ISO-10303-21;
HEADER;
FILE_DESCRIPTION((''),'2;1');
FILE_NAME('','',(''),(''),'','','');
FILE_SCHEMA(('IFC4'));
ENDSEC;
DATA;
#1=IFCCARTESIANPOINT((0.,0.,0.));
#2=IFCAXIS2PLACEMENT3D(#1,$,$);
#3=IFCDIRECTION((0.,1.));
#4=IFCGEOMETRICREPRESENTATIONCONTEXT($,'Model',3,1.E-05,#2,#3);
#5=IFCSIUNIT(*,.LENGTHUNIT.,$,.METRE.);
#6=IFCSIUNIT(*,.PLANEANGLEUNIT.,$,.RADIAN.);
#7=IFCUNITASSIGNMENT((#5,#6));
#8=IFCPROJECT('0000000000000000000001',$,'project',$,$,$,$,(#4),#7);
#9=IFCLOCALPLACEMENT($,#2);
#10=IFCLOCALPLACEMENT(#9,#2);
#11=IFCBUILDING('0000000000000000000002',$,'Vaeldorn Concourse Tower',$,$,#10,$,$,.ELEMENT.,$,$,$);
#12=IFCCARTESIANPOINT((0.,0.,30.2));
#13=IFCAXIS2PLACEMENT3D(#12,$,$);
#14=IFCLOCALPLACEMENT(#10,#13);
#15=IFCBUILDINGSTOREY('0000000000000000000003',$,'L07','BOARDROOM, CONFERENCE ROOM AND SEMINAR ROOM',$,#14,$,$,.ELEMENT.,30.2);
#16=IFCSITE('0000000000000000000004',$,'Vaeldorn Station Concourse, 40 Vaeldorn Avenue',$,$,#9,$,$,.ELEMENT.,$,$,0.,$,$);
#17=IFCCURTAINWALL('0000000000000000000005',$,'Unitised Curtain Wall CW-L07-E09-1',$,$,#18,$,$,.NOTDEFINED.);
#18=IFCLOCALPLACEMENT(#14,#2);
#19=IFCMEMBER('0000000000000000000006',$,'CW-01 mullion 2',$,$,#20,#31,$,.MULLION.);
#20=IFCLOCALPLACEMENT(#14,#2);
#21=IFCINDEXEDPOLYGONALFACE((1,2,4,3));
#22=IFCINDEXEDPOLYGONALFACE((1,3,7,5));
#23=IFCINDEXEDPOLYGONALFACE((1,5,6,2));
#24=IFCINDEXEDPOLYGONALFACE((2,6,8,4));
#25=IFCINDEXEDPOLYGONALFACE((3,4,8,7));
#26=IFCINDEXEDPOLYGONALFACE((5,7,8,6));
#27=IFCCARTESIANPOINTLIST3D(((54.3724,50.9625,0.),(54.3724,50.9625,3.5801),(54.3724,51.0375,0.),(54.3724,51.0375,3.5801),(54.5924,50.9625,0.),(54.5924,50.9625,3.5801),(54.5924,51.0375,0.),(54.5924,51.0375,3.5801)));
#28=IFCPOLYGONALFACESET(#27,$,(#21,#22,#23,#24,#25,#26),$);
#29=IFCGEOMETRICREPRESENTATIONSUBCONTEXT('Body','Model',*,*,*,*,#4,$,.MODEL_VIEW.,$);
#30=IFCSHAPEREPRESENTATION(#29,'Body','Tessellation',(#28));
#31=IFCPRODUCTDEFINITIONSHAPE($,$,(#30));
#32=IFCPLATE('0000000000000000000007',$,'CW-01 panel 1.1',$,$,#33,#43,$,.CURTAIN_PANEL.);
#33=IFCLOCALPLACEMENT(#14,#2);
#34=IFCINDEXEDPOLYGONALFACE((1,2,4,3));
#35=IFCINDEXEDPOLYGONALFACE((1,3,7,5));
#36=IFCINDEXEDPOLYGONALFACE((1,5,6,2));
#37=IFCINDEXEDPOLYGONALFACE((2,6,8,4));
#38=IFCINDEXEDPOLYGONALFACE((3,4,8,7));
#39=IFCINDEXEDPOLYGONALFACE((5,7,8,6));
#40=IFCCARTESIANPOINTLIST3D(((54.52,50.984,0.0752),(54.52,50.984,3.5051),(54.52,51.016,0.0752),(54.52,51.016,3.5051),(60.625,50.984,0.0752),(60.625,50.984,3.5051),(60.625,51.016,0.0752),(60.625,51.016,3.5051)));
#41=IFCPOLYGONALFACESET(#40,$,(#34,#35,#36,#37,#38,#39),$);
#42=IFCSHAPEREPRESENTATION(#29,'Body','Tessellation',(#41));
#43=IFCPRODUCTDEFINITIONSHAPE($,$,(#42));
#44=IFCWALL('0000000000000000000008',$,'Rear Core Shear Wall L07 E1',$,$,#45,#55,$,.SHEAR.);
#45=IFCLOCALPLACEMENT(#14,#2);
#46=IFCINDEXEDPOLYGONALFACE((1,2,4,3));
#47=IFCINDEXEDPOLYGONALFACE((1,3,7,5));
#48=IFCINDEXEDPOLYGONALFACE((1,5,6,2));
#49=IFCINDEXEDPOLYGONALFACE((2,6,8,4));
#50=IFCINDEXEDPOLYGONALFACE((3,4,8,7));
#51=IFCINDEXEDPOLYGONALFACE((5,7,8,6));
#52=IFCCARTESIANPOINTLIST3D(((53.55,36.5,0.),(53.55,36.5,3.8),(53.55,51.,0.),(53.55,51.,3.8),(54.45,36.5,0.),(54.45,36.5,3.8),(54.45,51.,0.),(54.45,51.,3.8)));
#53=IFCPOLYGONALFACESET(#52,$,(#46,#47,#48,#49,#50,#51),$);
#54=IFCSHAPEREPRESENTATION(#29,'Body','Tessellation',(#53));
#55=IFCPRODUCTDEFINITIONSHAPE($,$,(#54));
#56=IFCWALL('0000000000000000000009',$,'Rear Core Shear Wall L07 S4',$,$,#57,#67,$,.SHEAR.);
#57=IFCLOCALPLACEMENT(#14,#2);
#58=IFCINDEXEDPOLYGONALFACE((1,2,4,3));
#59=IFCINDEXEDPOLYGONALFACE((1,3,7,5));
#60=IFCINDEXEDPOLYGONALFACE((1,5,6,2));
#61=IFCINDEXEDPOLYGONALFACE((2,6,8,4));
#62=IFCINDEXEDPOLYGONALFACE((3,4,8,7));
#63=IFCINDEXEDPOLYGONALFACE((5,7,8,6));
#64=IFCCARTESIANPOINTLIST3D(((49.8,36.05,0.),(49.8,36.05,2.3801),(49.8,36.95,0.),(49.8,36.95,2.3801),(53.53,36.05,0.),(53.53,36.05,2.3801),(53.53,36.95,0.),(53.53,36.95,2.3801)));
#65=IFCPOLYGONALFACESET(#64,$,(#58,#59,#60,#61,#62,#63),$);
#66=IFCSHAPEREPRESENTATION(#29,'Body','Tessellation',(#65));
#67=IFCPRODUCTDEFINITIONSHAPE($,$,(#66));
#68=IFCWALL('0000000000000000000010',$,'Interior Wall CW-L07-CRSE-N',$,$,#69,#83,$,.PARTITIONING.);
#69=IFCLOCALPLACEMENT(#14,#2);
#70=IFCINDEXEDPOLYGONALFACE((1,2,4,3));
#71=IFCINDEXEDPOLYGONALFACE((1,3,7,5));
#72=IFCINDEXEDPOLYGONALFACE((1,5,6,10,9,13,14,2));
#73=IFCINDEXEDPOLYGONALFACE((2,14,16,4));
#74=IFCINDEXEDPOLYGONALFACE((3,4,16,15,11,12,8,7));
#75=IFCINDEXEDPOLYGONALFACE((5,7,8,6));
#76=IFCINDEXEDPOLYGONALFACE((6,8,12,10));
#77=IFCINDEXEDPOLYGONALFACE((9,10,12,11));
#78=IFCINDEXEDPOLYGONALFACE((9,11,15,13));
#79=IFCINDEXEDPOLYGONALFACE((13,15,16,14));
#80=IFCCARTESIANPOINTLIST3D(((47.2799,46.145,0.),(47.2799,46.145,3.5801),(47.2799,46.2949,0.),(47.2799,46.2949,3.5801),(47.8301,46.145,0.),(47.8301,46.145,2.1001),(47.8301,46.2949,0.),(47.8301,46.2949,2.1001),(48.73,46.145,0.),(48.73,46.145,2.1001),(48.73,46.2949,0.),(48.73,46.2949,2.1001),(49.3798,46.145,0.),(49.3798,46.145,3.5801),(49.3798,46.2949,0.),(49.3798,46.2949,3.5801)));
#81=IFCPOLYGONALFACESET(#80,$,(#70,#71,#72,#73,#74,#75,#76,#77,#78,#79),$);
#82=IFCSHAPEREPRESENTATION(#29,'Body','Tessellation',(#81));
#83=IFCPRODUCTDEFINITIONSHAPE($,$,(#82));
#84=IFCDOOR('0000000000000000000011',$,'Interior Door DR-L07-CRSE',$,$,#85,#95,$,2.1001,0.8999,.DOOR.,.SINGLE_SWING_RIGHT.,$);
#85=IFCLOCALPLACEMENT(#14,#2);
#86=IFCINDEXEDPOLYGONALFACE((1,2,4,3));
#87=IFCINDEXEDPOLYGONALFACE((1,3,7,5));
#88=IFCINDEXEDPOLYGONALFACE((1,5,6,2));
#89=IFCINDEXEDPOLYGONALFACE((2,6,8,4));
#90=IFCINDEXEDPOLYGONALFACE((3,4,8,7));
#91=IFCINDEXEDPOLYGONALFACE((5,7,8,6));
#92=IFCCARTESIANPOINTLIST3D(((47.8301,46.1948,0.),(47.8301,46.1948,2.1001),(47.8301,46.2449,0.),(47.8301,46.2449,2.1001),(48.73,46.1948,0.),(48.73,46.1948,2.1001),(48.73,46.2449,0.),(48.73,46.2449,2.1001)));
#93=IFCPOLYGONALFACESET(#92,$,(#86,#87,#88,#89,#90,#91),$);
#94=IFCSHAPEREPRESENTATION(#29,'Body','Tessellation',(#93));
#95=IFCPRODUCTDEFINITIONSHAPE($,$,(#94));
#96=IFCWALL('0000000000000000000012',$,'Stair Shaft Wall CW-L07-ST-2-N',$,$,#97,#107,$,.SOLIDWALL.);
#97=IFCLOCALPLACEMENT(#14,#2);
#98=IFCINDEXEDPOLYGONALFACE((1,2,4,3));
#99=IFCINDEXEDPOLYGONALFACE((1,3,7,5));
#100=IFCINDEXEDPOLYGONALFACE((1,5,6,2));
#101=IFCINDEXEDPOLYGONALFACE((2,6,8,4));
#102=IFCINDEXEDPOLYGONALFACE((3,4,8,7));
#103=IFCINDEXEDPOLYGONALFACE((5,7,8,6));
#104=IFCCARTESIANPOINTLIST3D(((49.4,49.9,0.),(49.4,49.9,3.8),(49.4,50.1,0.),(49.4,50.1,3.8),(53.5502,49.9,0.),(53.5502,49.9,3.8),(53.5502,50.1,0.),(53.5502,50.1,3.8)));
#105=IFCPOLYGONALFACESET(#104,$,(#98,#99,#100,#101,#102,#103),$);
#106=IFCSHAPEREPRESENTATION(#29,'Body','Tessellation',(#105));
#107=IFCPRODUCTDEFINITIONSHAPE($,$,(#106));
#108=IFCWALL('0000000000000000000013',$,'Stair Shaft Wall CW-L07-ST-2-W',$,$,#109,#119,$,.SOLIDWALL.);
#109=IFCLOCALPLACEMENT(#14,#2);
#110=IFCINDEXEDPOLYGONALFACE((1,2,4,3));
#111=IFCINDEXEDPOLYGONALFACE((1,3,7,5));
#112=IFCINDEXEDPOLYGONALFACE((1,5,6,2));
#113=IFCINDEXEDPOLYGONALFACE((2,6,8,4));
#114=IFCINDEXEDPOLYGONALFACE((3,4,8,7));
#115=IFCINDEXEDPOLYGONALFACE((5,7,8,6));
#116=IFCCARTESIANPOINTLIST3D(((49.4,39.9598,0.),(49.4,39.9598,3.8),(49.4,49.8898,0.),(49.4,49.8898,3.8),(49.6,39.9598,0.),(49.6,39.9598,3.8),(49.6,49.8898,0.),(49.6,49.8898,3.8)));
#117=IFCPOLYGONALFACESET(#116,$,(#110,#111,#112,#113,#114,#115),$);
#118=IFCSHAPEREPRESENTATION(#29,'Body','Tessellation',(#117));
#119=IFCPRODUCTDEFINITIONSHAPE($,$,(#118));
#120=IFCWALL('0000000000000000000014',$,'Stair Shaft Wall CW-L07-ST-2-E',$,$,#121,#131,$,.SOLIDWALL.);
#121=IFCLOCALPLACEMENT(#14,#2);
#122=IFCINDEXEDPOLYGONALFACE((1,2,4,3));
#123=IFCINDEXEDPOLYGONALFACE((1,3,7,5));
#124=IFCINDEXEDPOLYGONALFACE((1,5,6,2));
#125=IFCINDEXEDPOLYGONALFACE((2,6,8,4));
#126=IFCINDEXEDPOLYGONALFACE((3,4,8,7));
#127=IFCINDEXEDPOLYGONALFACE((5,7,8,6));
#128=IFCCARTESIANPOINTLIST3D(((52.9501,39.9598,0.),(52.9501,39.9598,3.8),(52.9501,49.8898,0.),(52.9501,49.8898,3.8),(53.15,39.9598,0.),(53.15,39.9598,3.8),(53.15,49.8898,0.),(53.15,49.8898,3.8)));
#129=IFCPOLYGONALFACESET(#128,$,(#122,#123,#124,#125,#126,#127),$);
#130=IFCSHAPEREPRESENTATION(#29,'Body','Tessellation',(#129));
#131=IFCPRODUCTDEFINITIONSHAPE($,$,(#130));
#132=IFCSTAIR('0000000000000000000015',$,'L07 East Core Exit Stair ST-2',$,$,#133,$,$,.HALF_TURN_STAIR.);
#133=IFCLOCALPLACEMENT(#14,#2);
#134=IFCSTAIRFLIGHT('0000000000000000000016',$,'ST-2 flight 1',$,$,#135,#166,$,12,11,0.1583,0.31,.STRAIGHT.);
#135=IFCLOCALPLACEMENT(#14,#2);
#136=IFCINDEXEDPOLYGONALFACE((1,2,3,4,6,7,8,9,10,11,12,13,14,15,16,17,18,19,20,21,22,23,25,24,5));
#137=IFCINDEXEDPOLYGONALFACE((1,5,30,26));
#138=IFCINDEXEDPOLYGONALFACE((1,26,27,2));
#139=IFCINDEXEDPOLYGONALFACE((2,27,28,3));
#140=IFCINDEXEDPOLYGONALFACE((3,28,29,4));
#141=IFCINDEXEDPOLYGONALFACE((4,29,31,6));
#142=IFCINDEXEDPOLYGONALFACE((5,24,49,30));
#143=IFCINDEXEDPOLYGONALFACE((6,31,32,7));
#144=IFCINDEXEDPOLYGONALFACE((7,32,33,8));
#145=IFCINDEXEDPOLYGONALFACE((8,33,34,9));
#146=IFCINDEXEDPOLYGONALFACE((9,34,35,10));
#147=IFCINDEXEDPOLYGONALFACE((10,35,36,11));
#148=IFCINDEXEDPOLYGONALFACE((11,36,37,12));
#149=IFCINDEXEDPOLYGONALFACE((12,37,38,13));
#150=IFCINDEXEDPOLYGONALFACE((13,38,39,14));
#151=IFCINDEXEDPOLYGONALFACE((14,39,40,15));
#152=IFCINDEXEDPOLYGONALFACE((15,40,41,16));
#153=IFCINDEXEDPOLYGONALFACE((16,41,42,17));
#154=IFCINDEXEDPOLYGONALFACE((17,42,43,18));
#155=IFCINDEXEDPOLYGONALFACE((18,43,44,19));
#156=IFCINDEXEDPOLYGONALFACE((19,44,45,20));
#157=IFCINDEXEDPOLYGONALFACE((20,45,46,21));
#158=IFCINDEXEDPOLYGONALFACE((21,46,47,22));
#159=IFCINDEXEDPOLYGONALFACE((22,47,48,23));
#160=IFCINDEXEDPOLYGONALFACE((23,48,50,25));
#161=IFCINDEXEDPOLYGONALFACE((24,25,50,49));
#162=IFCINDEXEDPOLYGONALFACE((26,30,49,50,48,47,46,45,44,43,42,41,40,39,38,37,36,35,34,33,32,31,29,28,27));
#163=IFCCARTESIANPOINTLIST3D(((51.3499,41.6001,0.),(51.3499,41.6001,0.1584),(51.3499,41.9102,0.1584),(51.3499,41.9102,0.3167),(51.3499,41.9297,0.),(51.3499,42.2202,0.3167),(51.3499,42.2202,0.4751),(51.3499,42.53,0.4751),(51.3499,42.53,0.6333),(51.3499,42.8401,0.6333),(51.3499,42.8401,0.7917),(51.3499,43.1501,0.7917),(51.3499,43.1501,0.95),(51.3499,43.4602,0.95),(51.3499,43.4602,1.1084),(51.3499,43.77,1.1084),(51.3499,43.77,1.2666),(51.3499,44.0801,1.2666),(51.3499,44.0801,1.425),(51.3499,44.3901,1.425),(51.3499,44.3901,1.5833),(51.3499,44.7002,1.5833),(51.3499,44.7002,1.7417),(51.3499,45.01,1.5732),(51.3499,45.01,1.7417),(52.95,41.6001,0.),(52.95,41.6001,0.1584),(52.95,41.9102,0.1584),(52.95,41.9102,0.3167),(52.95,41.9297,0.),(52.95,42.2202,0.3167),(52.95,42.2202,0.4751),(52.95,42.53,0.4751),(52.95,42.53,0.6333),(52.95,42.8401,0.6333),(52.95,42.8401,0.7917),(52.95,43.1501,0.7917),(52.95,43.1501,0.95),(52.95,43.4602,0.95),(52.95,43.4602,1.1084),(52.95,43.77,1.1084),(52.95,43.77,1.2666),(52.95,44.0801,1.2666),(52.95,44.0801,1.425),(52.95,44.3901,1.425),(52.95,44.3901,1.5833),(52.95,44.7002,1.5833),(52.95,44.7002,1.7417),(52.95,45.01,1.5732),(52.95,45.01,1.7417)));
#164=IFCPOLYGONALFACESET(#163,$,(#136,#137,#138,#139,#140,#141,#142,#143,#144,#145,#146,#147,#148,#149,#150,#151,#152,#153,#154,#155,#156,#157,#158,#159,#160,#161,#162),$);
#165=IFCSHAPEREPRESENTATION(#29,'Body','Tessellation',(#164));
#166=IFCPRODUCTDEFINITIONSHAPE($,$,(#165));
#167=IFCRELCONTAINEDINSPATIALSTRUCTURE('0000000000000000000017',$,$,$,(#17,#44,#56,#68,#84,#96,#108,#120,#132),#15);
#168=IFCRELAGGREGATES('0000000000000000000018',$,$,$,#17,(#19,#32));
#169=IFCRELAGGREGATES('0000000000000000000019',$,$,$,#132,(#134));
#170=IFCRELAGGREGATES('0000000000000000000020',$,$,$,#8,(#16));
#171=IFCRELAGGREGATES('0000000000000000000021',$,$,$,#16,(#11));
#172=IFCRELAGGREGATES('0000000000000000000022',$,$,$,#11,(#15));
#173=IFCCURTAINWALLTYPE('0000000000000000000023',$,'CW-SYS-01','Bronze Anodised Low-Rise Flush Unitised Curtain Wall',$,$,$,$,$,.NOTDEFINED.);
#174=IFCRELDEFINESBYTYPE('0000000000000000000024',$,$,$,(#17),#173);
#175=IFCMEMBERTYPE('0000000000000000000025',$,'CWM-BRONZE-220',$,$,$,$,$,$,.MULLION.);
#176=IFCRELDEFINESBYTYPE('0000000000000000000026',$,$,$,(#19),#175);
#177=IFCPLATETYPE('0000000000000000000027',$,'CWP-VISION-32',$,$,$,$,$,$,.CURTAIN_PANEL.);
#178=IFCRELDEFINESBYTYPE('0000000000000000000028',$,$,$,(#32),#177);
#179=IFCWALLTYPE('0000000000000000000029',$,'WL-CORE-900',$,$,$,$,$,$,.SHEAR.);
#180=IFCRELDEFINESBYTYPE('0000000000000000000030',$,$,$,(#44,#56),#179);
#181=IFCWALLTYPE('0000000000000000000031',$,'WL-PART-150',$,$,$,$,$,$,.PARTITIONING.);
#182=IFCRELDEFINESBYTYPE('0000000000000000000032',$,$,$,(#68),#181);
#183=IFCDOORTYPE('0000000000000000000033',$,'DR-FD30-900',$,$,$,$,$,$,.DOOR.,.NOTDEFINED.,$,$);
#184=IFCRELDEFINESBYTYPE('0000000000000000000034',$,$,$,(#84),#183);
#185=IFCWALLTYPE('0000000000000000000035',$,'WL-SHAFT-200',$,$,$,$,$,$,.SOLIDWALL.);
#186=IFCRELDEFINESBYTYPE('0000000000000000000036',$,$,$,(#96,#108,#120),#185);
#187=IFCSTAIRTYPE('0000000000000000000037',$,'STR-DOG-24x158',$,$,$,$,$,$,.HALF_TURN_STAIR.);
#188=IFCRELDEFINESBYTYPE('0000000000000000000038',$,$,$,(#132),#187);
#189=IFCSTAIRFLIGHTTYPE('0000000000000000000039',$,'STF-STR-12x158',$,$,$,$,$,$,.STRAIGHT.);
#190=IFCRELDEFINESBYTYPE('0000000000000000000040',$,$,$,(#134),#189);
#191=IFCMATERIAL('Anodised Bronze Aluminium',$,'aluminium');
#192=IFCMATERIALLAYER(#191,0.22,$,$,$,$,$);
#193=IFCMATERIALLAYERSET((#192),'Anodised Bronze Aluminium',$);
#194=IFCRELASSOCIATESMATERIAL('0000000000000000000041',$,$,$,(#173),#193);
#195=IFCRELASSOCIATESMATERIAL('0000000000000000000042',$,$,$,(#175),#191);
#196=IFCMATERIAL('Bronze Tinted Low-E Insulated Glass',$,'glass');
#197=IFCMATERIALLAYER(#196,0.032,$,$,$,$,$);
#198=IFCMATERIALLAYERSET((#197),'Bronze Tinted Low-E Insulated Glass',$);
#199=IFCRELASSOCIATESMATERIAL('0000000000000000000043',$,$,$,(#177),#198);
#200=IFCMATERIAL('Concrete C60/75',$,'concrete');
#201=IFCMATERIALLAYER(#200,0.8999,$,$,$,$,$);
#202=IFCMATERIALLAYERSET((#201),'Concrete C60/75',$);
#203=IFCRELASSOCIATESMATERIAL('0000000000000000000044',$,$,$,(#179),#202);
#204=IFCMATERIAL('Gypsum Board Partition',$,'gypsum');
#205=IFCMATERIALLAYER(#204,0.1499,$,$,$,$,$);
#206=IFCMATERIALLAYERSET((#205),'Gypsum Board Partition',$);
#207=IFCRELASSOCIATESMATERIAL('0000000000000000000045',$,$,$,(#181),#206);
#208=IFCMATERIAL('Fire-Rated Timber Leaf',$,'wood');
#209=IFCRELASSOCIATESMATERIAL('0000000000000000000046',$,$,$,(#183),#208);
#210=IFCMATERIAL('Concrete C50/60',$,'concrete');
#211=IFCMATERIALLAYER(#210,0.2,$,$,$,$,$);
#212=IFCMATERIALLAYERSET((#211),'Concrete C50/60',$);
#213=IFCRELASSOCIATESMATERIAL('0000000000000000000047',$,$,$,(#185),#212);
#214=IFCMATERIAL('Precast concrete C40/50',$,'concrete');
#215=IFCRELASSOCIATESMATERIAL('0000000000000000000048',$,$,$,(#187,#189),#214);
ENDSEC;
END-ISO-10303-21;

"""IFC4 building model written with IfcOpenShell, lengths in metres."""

from ifc_helpers import new_model, si_unit, direction, frame, frame_2d, origin, origin_2d, place, context, subcontext, project, spatial, polyline, rectangle, outline, extrude, source, transform, mapped, material, layer, layer_set, material_profile, profile_set, type_object, element, fill, aggregate, save


model = new_model("IFC4")

# Units and contexts
model_context = context("Model", 3, precision=1e-05, world=origin(), true_north=direction((0.0, 1.0)))
body_context = subcontext(model_context, "Body", "Model", "MODEL_VIEW")
ifc_project = project(units=[si_unit("LENGTHUNIT", "METRE"), si_unit("PLANEANGLEUNIT", "RADIAN")], contexts=[model_context])

# Site, building, storey
site_placement = place(None, origin())
site = spatial("IfcSite", under=ifc_project, at=site_placement, Name="Vaeldorn Station Concourse, 40 Vaeldorn Avenue", CompositionType="ELEMENT", RefElevation=0.0)
building_placement = place(site_placement, origin())
building = spatial("IfcBuilding", under=site, at=building_placement, Name="Vaeldorn Concourse Tower", CompositionType="ELEMENT")
storey_placement = place(building_placement, frame((0.0, 0.0, 30.2)))
storey = spatial("IfcBuildingStorey", under=building, at=storey_placement, Name="L07", Description="BOARDROOM, CONFERENCE ROOM AND SEMINAR ROOM", CompositionType="ELEMENT", Elevation=30.2)

# Shared definitions
ifc_material_1 = material(Name="Concrete C60/75", Category="concrete")

# Curtain wall, member, plate
ifc_material_2 = material(Name="Anodised Bronze Aluminium", Category="aluminium")
ifc_layer_1 = layer(ifc_material_2, 0.22)
ifc_layer_set_1 = layer_set([ifc_layer_1], Name="Anodised Bronze Aluminium")
curtain_wall_type = type_object("IfcCurtainWallType", Name="CW-SYS-01", Description="Bronze Anodised Low-Rise Flush Unitised Curtain Wall", PredefinedType="NOTDEFINED", material=ifc_layer_set_1)
curtain_wall_placement = place(storey_placement, origin())
curtain_wall = element("IfcCurtainWall", 1, at=curtain_wall_placement, inside=storey, type_object=curtain_wall_type, Name="Unitised Curtain Wall CW-L07-E09-1", PredefinedType="NOTDEFINED")
ifc_material_profile_1 = material_profile(ifc_material_2, rectangle(XDim=0.075, YDim=0.22, at=origin_2d()), Name="CWM 75x220")
ifc_profile_set_1 = profile_set([ifc_material_profile_1], Name="Anodised Bronze Aluminium")
member_type = type_object("IfcMemberType", Name="CWM-BRONZE-220", PredefinedType="MULLION", material=ifc_profile_set_1)
shared_shape_1 = source(origin(), body_context, "Body", "SweptSolid", [
    extrude(rectangle(XDim=0.075, YDim=0.22, at=origin_2d()), origin(), (0.0, 0.0, 1.0), 3.5801),
])
member_placement = place(storey_placement, frame((54.4824, 51.0, 0.0), z_axis=(0.0, 0.0, 1.0), x_axis=(0.0, -1.0, 0.0)))
member = element("IfcMember", 2, at=member_placement, type_object=member_type, Name="CW-01 mullion 2", PredefinedType="MULLION", context=body_context, shape_type="MappedRepresentation", body=[
    mapped(shared_shape_1, transform((0.0, 0.0, 0.0), scale=1.0)),
])
ifc_material_3 = material(Name="Bronze Tinted Low-E Insulated Glass", Category="glass")
ifc_layer_2 = layer(ifc_material_3, 0.032)
ifc_layer_set_2 = layer_set([ifc_layer_2], Name="Bronze Tinted Low-E Insulated Glass")
plate_type = type_object("IfcPlateType", Name="CWP-VISION-32", PredefinedType="CURTAIN_PANEL", material=ifc_layer_set_2)
shared_shape_2 = source(origin(), body_context, "Body", "SweptSolid", [
    extrude(rectangle(XDim=6.105, YDim=0.032, at=origin_2d()), origin(), (0.0, 0.0, 1.0), 3.4299),
])
plate_placement = place(storey_placement, frame((57.5725, 51.0, 0.0752), z_axis=(0.0, 0.0, 1.0), x_axis=(-1.0, 0.0, 0.0)))
plate = element("IfcPlate", 3, at=plate_placement, type_object=plate_type, Name="CW-01 panel 1.1", PredefinedType="CURTAIN_PANEL", context=body_context, shape_type="MappedRepresentation", body=[
    mapped(shared_shape_2, transform((0.0, 0.0, 0.0), scale=1.0)),
])
aggregate(curtain_wall, [member, plate])

# Walls
ifc_layer_3 = layer(ifc_material_1, 0.8999)
ifc_layer_set_3 = layer_set([ifc_layer_3], Name="Concrete C60/75")
wall_type_1 = type_object("IfcWallType", Name="WL-CORE-900", PredefinedType="SHEAR", material=ifc_layer_set_3)
wall_1_placement = place(storey_placement, frame((54.0, 36.5, 0.0), z_axis=(0.0, 0.0, 1.0), x_axis=(0.0, 1.0, 0.0)))
element("IfcWall", 4, at=wall_1_placement, inside=storey, type_object=wall_type_1, Name="Rear Core Shear Wall L07 E1", PredefinedType="SHEAR", context=body_context, shape_type="SweptSolid", body=[
    extrude(rectangle(XDim=14.5, YDim=0.8999, at=frame_2d((7.25, 0.0))), origin(), (0.0, 0.0, 1.0), 3.8),
])
wall_2_placement = place(storey_placement, frame((49.8, 36.5, 0.0), z_axis=(0.0, 0.0, 1.0), x_axis=(1.0, 0.0, 0.0)))
element("IfcWall", 5, at=wall_2_placement, inside=storey, type_object=wall_type_1, Name="Rear Core Shear Wall L07 S4", PredefinedType="SHEAR", context=body_context, shape_type="SweptSolid", body=[
    extrude(rectangle(XDim=3.73, YDim=0.8999, at=frame_2d((1.865, 0.0))), origin(), (0.0, 0.0, 1.0), 2.3801),
])

# Wall, opening, door
ifc_material_4 = material(Name="Gypsum Board Partition", Category="gypsum")
ifc_layer_4 = layer(ifc_material_4, 0.1499)
ifc_layer_set_4 = layer_set([ifc_layer_4], Name="Gypsum Board Partition")
wall_type_2 = type_object("IfcWallType", Name="WL-PART-150", PredefinedType="PARTITIONING", material=ifc_layer_set_4)
wall_3_placement = place(storey_placement, frame((47.28, 46.22, 0.0), z_axis=(0.0, 0.0, 1.0), x_axis=(1.0, 0.0, 0.0)))
wall_3 = element("IfcWall", 6, at=wall_3_placement, inside=storey, type_object=wall_type_2, Name="Interior Wall CW-L07-CRSE-N", PredefinedType="PARTITIONING", context=body_context, shape_type="SweptSolid", body=[
    extrude(rectangle(XDim=2.0999, YDim=0.1499, at=frame_2d((1.0498, 0.0))), origin(), (0.0, 0.0, 1.0), 3.5801),
])
opening_1_placement = place(wall_3_placement, frame((0.55, 0.0, 0.0)))
opening_1 = element("IfcOpeningElement", 7, at=opening_1_placement, cuts=wall_3, PredefinedType="OPENING", context=body_context, shape_type="SweptSolid", body=[
    extrude(rectangle(XDim=0.8999, YDim=2.1001, at=frame_2d((0.45, 1.05))), frame((0.0, 0.085, 0.0), z_axis=(0.0, -1.0, 0.0), x_axis=(1.0, 0.0, 0.0)), (0.0, 0.0, 1.0), 0.1699),
])
ifc_material_5 = material(Name="Fire-Rated Timber Leaf", Category="wood")
door_type_1 = type_object("IfcDoorType", Name="DR-FD30-900", OperationType="NOTDEFINED", PredefinedType="DOOR", material=ifc_material_5)
shared_shape_3 = source(origin(), body_context, "Body", "SweptSolid", [
    extrude(rectangle(XDim=0.8999, YDim=2.1001, at=frame_2d((0.45, 1.05))), frame((0.0, 0.0249, 0.0), z_axis=(0.0, -1.0, 0.0), x_axis=(1.0, 0.0, 0.0)), (0.0, 0.0, 1.0), 0.05),
])
door_1_placement = place(opening_1_placement, origin())
door_1 = element("IfcDoor", 8, at=door_1_placement, inside=storey, type_object=door_type_1, Name="Interior Door DR-L07-CRSE", OperationType="SINGLE_SWING_RIGHT", OverallHeight=2.1001, OverallWidth=0.8999, PredefinedType="DOOR", context=body_context, shape_type="MappedRepresentation", body=[
    mapped(shared_shape_3, transform((0.0, 0.0, 0.0), scale=1.0)),
])
fill(opening_1, door_1)
ifc_material_6 = material(Name="Concrete C50/60", Category="concrete")
ifc_layer_5 = layer(ifc_material_6, 0.2)
ifc_layer_set_5 = layer_set([ifc_layer_5], Name="Concrete C50/60")
wall_type_3 = type_object("IfcWallType", Name="WL-SHAFT-200", PredefinedType="SOLIDWALL", material=ifc_layer_set_5)

# Walls
wall_4_placement = place(storey_placement, frame((49.3999, 50.0, 0.0), z_axis=(0.0, 0.0, 1.0), x_axis=(1.0, 0.0, 0.0)))
element("IfcWall", 9, at=wall_4_placement, inside=storey, type_object=wall_type_3, Name="Stair Shaft Wall CW-L07-ST-2-N", PredefinedType="SOLIDWALL", context=body_context, shape_type="SweptSolid", body=[
    extrude(rectangle(XDim=4.1501, YDim=0.2, at=frame_2d((2.0752, 0.0))), origin(), (0.0, 0.0, 1.0), 3.8),
])
for number, where, z_axis, x_axis, name in (
    (10, (49.5, 39.96, 0.0), (0.0, 0.0, 1.0), (0.0, 1.0, 0.0), "Stair Shaft Wall CW-L07-ST-2-W"),
    (11, (53.05, 39.96, 0.0), (0.0, 0.0, 1.0), (0.0, 1.0, 0.0), "Stair Shaft Wall CW-L07-ST-2-E"),
):
    element("IfcWall", number, at=place(storey_placement, frame(where, z_axis=z_axis, x_axis=x_axis)), inside=storey, type_object=wall_type_3, Name=name, PredefinedType="SOLIDWALL", context=body_context, shape_type="SweptSolid", body=[
        extrude(rectangle(XDim=9.9299, YDim=0.2, at=frame_2d((4.9648, 0.0))), origin(), (0.0, 0.0, 1.0), 3.8),
    ])

# Stair, stair flight
ifc_material_7 = material(Name="Precast concrete C40/50", Category="concrete")
stair_type = type_object("IfcStairType", Name="STR-DOG-24x158", PredefinedType="HALF_TURN_STAIR", material=ifc_material_7)
stair_placement = place(storey_placement, origin())
stair = element("IfcStair", 12, at=stair_placement, inside=storey, type_object=stair_type, Name="L07 East Core Exit Stair ST-2", PredefinedType="HALF_TURN_STAIR")
stair_flight_type = type_object("IfcStairFlightType", Name="STF-STR-12x158", PredefinedType="STRAIGHT", material=ifc_material_7)
stair_flight_1_placement = place(storey_placement, frame((52.1499, 41.6001, 0.0), z_axis=(0.0, 0.0, 1.0), x_axis=(0.0, 1.0, 0.0)))
stair_flight_1 = element("IfcStairFlight", 13, at=stair_flight_1_placement, type_object=stair_flight_type, Name="ST-2 flight 1", NumberOfRisers=12, NumberOfTreads=11, PredefinedType="STRAIGHT", RiserHeight=0.1583, TreadLength=0.31, context=body_context, shape_type="SweptSolid", body=[
    extrude(outline(polyline([(0.0, 0.0), (0.0, 0.1584), (0.3101, 0.1584), (0.3101, 0.3167), (0.6201, 0.3167), (0.6201, 0.4751), (0.9299, 0.4751), (0.9299, 0.6333), (1.24, 0.6333), (1.24, 0.7917), (1.55, 0.7917), (1.55, 0.95), (1.8601, 0.95), (1.8601, 1.1084), (2.1699, 1.1084), (2.1699, 1.2666), (2.48, 1.2666), (2.48, 1.425), (2.79, 1.425), (2.79, 1.5833), (3.1001, 1.5833), (3.1001, 1.7417), (3.4099, 1.7417), (3.4099, 1.8999), (3.4099, 1.5732), (0.3296, 0.0), (0.0, 0.0)])), frame((0.0, 0.8, 0.0), z_axis=(0.0, -1.0, 0.0), x_axis=(1.0, 0.0, 0.0)), (0.0, 0.0, 1.0), 1.6001),
])
aggregate(stair, [stair_flight_1])

save(model, "model.ifc")
